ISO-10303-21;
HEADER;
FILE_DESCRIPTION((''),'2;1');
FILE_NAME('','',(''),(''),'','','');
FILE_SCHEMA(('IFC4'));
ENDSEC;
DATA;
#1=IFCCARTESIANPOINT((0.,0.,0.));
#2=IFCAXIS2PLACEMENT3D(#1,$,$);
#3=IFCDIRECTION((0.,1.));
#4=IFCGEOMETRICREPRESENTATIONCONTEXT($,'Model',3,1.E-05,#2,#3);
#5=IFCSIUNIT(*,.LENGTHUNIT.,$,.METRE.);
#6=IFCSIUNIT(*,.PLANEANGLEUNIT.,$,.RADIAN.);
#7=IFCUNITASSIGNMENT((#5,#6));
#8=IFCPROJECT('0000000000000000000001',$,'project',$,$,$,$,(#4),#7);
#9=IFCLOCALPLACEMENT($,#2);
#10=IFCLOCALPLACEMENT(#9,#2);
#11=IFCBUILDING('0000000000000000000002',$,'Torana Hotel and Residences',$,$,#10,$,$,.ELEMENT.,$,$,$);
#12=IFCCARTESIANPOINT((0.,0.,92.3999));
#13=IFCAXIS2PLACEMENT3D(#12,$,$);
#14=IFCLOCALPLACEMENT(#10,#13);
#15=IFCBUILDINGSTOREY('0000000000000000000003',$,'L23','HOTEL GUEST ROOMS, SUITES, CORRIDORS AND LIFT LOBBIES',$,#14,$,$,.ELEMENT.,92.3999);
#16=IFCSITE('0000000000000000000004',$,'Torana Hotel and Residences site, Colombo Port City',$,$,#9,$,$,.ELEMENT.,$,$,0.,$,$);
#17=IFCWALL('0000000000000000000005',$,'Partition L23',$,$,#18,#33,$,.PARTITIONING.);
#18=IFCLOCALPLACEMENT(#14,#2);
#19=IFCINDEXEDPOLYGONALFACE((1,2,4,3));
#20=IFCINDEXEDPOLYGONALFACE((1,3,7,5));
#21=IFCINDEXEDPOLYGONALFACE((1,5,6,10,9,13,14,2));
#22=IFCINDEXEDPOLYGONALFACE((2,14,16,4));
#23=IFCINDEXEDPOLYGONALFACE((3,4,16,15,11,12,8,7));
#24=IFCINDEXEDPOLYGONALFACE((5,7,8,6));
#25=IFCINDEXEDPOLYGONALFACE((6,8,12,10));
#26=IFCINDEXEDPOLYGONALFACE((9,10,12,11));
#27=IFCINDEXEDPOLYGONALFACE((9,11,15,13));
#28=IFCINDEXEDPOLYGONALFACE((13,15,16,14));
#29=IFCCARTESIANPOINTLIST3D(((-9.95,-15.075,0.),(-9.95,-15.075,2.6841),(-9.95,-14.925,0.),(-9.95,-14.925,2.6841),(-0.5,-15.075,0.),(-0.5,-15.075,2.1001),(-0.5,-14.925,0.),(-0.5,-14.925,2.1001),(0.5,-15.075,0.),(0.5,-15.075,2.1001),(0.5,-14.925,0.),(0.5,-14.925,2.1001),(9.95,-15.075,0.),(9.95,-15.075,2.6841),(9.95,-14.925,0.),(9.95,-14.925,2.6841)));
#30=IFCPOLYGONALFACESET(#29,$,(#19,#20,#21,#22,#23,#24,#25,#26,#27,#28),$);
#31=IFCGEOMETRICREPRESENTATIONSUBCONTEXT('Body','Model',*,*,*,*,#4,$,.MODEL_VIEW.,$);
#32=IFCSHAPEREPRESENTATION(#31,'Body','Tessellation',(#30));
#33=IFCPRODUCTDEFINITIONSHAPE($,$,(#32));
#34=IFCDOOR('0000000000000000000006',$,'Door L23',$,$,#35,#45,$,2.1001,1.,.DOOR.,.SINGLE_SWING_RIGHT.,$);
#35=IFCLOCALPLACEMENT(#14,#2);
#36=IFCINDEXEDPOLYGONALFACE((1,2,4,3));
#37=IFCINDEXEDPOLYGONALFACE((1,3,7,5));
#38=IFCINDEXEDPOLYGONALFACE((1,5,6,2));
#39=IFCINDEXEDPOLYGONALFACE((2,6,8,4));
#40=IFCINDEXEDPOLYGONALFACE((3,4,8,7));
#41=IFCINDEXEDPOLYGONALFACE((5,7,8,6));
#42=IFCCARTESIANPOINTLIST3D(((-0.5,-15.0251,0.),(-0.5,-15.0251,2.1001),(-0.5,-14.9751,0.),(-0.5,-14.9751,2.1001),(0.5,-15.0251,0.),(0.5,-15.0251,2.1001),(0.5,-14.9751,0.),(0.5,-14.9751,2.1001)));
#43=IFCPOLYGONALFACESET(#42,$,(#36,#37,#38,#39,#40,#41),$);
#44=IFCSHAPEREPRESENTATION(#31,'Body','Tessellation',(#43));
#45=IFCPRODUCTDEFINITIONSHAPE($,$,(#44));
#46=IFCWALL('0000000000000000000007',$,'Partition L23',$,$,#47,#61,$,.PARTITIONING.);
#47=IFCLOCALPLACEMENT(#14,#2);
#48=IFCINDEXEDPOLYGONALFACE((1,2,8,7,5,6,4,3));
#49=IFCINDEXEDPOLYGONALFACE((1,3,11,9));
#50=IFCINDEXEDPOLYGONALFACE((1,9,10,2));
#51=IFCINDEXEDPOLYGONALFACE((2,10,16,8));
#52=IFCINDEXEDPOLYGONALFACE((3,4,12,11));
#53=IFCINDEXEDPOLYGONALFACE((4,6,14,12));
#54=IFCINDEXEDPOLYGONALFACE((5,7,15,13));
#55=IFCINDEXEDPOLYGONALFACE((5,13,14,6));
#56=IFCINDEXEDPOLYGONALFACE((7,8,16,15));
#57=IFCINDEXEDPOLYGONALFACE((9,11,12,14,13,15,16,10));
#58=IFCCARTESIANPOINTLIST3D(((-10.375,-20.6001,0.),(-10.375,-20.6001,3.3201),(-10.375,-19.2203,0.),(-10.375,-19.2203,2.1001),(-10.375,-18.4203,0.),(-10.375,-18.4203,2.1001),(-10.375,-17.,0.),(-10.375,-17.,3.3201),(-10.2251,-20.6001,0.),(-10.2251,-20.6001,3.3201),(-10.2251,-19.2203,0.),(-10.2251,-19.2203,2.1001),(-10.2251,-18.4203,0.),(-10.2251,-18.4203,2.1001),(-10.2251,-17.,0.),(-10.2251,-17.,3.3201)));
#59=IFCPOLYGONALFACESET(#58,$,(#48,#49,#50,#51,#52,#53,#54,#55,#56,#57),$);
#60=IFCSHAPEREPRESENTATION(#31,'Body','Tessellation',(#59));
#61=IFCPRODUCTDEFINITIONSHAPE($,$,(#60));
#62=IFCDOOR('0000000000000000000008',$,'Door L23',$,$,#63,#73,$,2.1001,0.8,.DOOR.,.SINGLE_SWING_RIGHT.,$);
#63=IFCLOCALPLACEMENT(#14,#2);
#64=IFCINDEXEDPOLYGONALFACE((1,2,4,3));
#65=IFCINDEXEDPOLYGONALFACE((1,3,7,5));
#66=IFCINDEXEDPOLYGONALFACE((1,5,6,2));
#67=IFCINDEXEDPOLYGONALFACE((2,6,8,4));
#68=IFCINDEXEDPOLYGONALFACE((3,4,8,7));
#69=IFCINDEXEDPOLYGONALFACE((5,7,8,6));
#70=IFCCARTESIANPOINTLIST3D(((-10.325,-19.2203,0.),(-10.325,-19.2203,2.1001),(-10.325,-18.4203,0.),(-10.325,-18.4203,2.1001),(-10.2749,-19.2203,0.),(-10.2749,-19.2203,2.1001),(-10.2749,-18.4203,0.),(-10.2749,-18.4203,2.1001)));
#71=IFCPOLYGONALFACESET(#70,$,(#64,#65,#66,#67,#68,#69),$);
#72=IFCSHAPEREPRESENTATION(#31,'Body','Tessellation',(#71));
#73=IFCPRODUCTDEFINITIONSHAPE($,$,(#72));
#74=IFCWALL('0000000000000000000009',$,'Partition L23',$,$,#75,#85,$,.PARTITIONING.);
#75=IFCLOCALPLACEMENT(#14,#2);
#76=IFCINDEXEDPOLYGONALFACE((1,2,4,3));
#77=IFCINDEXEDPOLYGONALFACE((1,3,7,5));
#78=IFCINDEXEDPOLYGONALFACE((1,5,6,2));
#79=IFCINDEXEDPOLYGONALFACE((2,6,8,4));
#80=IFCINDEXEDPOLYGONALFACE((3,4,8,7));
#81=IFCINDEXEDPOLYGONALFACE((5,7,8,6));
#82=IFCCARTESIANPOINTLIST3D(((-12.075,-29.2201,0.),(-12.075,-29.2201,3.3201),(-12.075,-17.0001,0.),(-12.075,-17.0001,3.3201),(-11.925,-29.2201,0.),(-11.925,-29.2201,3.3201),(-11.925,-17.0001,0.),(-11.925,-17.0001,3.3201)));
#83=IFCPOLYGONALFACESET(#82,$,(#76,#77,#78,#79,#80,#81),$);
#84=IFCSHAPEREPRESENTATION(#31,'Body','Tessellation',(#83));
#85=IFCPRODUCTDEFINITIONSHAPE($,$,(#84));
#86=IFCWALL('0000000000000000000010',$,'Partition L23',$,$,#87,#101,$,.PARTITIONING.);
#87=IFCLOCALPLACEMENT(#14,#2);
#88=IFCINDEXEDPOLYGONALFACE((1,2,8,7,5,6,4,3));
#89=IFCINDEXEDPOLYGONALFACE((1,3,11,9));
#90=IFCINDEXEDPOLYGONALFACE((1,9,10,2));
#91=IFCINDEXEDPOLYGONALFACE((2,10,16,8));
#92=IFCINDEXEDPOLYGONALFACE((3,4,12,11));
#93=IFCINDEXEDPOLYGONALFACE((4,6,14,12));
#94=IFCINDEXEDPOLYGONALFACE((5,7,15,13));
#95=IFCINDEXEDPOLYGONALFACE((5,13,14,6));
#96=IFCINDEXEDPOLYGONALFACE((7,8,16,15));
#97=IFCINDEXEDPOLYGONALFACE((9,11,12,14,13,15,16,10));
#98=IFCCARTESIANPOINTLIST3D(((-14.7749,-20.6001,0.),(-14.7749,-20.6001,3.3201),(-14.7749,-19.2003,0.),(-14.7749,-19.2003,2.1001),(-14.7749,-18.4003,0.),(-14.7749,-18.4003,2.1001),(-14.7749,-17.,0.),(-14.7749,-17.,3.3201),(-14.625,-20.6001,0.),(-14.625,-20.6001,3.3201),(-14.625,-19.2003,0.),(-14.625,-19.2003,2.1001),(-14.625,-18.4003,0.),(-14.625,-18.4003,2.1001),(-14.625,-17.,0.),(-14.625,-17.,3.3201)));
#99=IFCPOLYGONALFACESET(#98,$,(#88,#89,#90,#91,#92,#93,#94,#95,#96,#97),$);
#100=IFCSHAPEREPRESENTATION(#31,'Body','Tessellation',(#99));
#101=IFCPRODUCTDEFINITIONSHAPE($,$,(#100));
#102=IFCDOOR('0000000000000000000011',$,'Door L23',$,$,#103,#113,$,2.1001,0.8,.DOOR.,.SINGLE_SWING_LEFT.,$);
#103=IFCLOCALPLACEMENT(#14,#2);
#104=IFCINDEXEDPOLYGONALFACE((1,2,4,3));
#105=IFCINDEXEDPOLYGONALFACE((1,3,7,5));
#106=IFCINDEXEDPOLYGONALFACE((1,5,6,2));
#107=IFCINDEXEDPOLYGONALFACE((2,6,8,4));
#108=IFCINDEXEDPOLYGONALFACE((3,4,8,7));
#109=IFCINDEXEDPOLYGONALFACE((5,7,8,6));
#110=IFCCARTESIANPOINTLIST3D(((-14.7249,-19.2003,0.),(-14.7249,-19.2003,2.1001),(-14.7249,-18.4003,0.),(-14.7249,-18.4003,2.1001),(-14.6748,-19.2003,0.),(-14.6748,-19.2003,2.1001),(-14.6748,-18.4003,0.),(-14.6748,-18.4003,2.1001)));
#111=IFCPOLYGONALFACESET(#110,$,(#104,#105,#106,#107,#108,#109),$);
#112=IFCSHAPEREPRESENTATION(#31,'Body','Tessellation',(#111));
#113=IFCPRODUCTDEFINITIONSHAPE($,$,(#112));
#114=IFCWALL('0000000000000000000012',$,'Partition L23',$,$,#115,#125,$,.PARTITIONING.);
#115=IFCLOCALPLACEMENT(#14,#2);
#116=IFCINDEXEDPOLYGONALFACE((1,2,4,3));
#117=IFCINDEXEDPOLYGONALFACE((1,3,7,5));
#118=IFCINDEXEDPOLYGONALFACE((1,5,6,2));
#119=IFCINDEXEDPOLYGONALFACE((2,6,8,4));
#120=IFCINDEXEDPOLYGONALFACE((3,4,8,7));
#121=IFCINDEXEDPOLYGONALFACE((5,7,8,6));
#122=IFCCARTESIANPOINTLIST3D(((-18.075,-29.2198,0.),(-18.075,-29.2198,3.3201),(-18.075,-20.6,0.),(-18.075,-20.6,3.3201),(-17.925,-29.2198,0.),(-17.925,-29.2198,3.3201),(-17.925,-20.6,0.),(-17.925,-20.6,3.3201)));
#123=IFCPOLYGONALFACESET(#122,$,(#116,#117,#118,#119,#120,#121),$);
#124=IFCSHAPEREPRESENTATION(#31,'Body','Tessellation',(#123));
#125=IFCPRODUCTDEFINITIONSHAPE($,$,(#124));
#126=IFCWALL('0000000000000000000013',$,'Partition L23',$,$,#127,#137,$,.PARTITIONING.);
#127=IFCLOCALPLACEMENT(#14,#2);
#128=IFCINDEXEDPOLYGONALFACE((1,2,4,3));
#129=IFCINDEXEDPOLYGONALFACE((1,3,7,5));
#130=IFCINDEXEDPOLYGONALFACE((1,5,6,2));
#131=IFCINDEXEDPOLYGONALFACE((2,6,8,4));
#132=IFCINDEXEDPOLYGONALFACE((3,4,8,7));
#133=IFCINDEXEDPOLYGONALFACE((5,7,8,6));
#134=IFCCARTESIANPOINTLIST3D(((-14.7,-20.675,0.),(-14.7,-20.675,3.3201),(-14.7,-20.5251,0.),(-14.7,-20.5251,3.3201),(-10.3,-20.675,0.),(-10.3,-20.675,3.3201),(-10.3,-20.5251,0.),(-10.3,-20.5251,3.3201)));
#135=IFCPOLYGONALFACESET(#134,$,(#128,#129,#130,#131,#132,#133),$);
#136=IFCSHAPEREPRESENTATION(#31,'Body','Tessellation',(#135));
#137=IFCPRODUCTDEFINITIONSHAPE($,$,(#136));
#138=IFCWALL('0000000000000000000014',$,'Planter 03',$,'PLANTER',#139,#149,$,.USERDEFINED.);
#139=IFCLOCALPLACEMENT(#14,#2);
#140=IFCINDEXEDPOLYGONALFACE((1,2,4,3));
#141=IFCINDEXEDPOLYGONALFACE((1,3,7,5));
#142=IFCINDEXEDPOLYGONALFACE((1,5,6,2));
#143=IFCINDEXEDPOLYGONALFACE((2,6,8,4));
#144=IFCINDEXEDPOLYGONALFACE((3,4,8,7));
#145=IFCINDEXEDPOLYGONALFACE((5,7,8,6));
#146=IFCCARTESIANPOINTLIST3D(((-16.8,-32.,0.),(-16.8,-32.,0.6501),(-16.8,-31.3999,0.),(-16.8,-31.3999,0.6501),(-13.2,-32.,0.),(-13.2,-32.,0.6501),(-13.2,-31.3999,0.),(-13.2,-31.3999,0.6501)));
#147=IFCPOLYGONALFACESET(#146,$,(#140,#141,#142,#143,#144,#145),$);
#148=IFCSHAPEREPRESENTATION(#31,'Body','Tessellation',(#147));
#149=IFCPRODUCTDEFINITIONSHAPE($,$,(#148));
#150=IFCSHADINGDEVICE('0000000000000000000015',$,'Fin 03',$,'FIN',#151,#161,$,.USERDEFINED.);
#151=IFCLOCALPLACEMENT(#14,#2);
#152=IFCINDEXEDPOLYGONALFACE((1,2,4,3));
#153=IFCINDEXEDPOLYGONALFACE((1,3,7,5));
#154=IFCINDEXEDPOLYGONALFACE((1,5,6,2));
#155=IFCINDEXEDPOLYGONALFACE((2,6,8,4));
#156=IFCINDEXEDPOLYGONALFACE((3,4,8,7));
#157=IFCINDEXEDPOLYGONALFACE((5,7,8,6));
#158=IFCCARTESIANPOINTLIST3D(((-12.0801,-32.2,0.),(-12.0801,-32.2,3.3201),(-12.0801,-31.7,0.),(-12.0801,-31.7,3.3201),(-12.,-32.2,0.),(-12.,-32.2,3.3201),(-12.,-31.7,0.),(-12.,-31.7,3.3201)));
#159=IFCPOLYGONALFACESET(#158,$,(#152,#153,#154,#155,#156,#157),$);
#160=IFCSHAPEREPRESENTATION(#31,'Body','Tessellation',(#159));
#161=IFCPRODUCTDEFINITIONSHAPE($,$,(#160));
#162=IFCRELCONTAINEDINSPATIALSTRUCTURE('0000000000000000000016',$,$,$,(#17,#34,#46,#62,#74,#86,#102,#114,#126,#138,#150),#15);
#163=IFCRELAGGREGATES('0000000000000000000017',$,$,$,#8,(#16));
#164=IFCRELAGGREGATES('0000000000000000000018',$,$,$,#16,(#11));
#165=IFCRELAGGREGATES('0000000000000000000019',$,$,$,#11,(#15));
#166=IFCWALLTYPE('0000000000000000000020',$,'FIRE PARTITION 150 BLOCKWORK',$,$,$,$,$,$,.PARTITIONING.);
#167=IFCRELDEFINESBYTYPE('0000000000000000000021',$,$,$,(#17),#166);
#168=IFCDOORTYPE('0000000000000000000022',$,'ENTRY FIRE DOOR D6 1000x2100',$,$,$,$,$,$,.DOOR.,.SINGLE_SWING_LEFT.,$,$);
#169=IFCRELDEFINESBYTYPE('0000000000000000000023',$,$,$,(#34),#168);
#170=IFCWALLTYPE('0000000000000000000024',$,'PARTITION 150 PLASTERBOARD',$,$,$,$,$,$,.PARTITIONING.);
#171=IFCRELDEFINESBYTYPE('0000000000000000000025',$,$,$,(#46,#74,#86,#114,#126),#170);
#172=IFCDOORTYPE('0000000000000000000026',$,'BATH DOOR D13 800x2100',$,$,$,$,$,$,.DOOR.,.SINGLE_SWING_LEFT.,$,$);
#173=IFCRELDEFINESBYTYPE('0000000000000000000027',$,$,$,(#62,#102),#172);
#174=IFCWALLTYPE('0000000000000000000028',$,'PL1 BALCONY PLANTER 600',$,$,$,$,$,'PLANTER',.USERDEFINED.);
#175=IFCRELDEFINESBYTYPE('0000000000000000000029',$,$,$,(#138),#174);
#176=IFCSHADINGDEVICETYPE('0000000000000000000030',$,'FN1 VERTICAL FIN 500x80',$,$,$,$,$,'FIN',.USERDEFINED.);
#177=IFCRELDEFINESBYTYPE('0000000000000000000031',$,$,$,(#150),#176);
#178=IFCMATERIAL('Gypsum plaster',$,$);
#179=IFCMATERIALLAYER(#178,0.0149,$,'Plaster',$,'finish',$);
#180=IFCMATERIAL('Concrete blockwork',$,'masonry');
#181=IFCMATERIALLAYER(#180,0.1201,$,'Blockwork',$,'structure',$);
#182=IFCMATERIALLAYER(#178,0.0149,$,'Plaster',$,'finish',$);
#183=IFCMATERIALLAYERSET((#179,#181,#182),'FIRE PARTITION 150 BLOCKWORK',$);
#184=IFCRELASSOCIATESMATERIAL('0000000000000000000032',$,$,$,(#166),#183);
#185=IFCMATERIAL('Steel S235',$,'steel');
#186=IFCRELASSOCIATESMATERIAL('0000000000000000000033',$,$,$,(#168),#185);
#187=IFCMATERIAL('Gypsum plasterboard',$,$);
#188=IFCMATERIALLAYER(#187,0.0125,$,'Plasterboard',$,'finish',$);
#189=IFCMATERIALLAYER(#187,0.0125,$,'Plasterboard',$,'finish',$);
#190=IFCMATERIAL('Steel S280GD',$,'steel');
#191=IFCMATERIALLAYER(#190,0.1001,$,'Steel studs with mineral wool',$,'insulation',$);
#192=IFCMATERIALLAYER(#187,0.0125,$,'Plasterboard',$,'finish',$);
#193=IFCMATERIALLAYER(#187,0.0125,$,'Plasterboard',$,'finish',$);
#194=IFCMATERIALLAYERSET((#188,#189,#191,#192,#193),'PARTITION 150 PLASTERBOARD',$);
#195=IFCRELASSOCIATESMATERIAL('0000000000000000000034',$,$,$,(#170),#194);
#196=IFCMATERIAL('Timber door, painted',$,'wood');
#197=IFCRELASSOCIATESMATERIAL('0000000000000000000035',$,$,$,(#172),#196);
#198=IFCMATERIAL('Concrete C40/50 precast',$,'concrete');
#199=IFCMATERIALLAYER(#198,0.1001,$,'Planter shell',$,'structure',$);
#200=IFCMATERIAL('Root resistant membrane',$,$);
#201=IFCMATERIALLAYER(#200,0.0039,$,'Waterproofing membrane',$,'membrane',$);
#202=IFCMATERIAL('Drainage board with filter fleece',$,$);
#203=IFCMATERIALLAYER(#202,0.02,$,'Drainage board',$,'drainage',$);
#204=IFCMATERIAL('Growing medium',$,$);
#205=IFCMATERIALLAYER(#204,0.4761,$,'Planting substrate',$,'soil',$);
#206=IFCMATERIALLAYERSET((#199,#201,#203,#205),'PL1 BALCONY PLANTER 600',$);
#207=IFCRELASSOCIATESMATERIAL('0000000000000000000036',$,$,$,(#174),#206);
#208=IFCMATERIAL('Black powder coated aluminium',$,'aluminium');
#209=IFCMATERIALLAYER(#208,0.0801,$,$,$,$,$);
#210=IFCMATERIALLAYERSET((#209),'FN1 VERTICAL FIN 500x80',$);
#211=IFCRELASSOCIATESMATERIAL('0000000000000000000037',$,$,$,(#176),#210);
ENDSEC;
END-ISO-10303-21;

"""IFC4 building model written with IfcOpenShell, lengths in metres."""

from ifc_helpers import new_model, si_unit, direction, frame, frame_2d, origin, origin_2d, place, context, subcontext, project, spatial, rectangle, extrude, material, layer, layer_set, type_object, element, fill, save


model = new_model("IFC4")

# Units and contexts
model_context = context("Model", 3, precision=1e-05, world=origin(), true_north=direction((0.0, 1.0)))
body_context = subcontext(model_context, "Body", "Model", "MODEL_VIEW")
ifc_project = project(units=[si_unit("LENGTHUNIT", "METRE"), si_unit("PLANEANGLEUNIT", "RADIAN")], contexts=[model_context])

# Site, building, storey
site_placement = place(None, origin())
site = spatial("IfcSite", under=ifc_project, at=site_placement, Name="Torana Hotel and Residences site, Colombo Port City", CompositionType="ELEMENT", RefElevation=0.0)
building_placement = place(site_placement, origin())
building = spatial("IfcBuilding", under=site, at=building_placement, Name="Torana Hotel and Residences", CompositionType="ELEMENT")
storey_placement = place(building_placement, frame((0.0, 0.0, 92.3999)))
storey = spatial("IfcBuildingStorey", under=building, at=storey_placement, Name="L23", Description="HOTEL GUEST ROOMS, SUITES, CORRIDORS AND LIFT LOBBIES", CompositionType="ELEMENT", Elevation=92.3999)

# Shared definitions
ifc_material_1 = material(Name="Gypsum plaster")
ifc_layer_1 = layer(ifc_material_1, 0.0149, Name="Plaster", Category="finish")
ifc_material_2 = material(Name="Concrete blockwork", Category="masonry")
ifc_layer_2 = layer(ifc_material_2, 0.1201, Name="Blockwork", Category="structure")
ifc_layer_3 = layer(ifc_material_1, 0.0149, Name="Plaster", Category="finish")
ifc_layer_set_1 = layer_set([ifc_layer_1, ifc_layer_2, ifc_layer_3], Name="FIRE PARTITION 150 BLOCKWORK")
wall_type_1 = type_object("IfcWallType", Name="FIRE PARTITION 150 BLOCKWORK", PredefinedType="PARTITIONING", material=ifc_layer_set_1)

# Walls, openings, doors
wall_1_placement = place(storey_placement, frame((-9.95, -15.0, 0.0), z_axis=(0.0, 0.0, 1.0), x_axis=(1.0, 0.0, 0.0)))
wall_1 = element("IfcWall", 1, at=wall_1_placement, inside=storey, type_object=wall_type_1, Name="Partition L23", PredefinedType="PARTITIONING", context=body_context, shape_type="SweptSolid", body=[
    extrude(rectangle(XDim=19.8999, YDim=0.1499, at=frame_2d((9.95, 0.0))), origin(), (0.0, 0.0, 1.0), 2.6841),
])
opening_1_placement = place(wall_1_placement, frame((9.45, 0.0, 0.0)))
opening_1 = element("IfcOpeningElement", 2, at=opening_1_placement, cuts=wall_1, PredefinedType="OPENING", context=body_context, shape_type="SweptSolid", body=[
    extrude(rectangle(XDim=1.0, YDim=2.1001, at=frame_2d((0.5, 1.05))), frame((0.0, 0.085, 0.0), z_axis=(0.0, -1.0, 0.0), x_axis=(1.0, 0.0, 0.0)), (0.0, 0.0, 1.0), 0.1699),
])
ifc_material_3 = material(Name="Steel S235", Category="steel")
door_type_1 = type_object("IfcDoorType", Name="ENTRY FIRE DOOR D6 1000x2100", OperationType="SINGLE_SWING_LEFT", PredefinedType="DOOR", material=ifc_material_3)
door_1_placement = place(opening_1_placement, origin())
door_1 = element("IfcDoor", 3, at=door_1_placement, inside=storey, type_object=door_type_1, Name="Door L23", OperationType="SINGLE_SWING_RIGHT", OverallHeight=2.1001, OverallWidth=1.0, PredefinedType="DOOR", context=body_context, shape_type="SweptSolid", body=[
    extrude(rectangle(XDim=1.0, YDim=2.1001, at=frame_2d((0.5, 1.05))), frame((0.0, 0.0249, 0.0), z_axis=(0.0, -1.0, 0.0), x_axis=(1.0, 0.0, 0.0)), (0.0, 0.0, 1.0), 0.05),
])
fill(opening_1, door_1)
ifc_material_4 = material(Name="Gypsum plasterboard")
ifc_layer_4 = layer(ifc_material_4, 0.0125, Name="Plasterboard", Category="finish")
ifc_layer_5 = layer(ifc_material_4, 0.0125, Name="Plasterboard", Category="finish")
ifc_material_5 = material(Name="Steel S280GD", Category="steel")
ifc_layer_6 = layer(ifc_material_5, 0.1001, Name="Steel studs with mineral wool", Category="insulation")
ifc_layer_7 = layer(ifc_material_4, 0.0125, Name="Plasterboard", Category="finish")
ifc_layer_8 = layer(ifc_material_4, 0.0125, Name="Plasterboard", Category="finish")
ifc_layer_set_2 = layer_set([ifc_layer_4, ifc_layer_5, ifc_layer_6, ifc_layer_7, ifc_layer_8], Name="PARTITION 150 PLASTERBOARD")
wall_type_2 = type_object("IfcWallType", Name="PARTITION 150 PLASTERBOARD", PredefinedType="PARTITIONING", material=ifc_layer_set_2)
wall_2_placement = place(storey_placement, frame((-10.3, -20.6001, 0.0), z_axis=(0.0, 0.0, 1.0), x_axis=(0.0, 1.0, 0.0)))
wall_2 = element("IfcWall", 4, at=wall_2_placement, inside=storey, type_object=wall_type_2, Name="Partition L23", PredefinedType="PARTITIONING", context=body_context, shape_type="SweptSolid", body=[
    extrude(rectangle(XDim=3.6001, YDim=0.1499, at=frame_2d((1.8, 0.0))), origin(), (0.0, 0.0, 1.0), 3.3201),
])
opening_2_placement = place(wall_2_placement, frame((1.3799, 0.0, 0.0)))
opening_2 = element("IfcOpeningElement", 5, at=opening_2_placement, cuts=wall_2, PredefinedType="OPENING", context=body_context, shape_type="SweptSolid", body=[
    extrude(rectangle(XDim=0.8, YDim=2.1001, at=frame_2d((0.3999, 1.05))), frame((0.0, 0.085, 0.0), z_axis=(0.0, -1.0, 0.0), x_axis=(1.0, 0.0, 0.0)), (0.0, 0.0, 1.0), 0.1699),
])
ifc_material_6 = material(Name="Timber door, painted", Category="wood")
door_type_2 = type_object("IfcDoorType", Name="BATH DOOR D13 800x2100", OperationType="SINGLE_SWING_LEFT", PredefinedType="DOOR", material=ifc_material_6)
door_2_placement = place(opening_2_placement, origin())
door_2 = element("IfcDoor", 6, at=door_2_placement, inside=storey, type_object=door_type_2, Name="Door L23", OperationType="SINGLE_SWING_RIGHT", OverallHeight=2.1001, OverallWidth=0.8, PredefinedType="DOOR", context=body_context, shape_type="SweptSolid", body=[
    extrude(rectangle(XDim=0.8, YDim=2.1001, at=frame_2d((0.3999, 1.05))), frame((0.0, 0.0249, 0.0), z_axis=(0.0, -1.0, 0.0), x_axis=(1.0, 0.0, 0.0)), (0.0, 0.0, 1.0), 0.05),
])
fill(opening_2, door_2)

# Wall
wall_3_placement = place(storey_placement, frame((-12.0, -29.22, 0.0), z_axis=(0.0, 0.0, 1.0), x_axis=(0.0, 1.0, 0.0)))
element("IfcWall", 7, at=wall_3_placement, inside=storey, type_object=wall_type_2, Name="Partition L23", PredefinedType="PARTITIONING", context=body_context, shape_type="SweptSolid", body=[
    extrude(rectangle(XDim=12.22, YDim=0.1499, at=frame_2d((6.1099, 0.0))), origin(), (0.0, 0.0, 1.0), 3.3201),
])

# Wall, opening, door
wall_4_placement = place(storey_placement, frame((-14.7, -20.6001, 0.0), z_axis=(0.0, 0.0, 1.0), x_axis=(0.0, 1.0, 0.0)))
wall_4 = element("IfcWall", 8, at=wall_4_placement, inside=storey, type_object=wall_type_2, Name="Partition L23", PredefinedType="PARTITIONING", context=body_context, shape_type="SweptSolid", body=[
    extrude(rectangle(XDim=3.6001, YDim=0.1499, at=frame_2d((1.8, 0.0))), origin(), (0.0, 0.0, 1.0), 3.3201),
])
opening_3_placement = place(wall_4_placement, frame((1.3999, 0.0, 0.0)))
opening_3 = element("IfcOpeningElement", 9, at=opening_3_placement, cuts=wall_4, PredefinedType="OPENING", context=body_context, shape_type="SweptSolid", body=[
    extrude(rectangle(XDim=0.8, YDim=2.1001, at=frame_2d((0.3999, 1.05))), frame((0.0, 0.085, 0.0), z_axis=(0.0, -1.0, 0.0), x_axis=(1.0, 0.0, 0.0)), (0.0, 0.0, 1.0), 0.1699),
])
door_3_placement = place(opening_3_placement, origin())
door_3 = element("IfcDoor", 10, at=door_3_placement, inside=storey, type_object=door_type_2, Name="Door L23", OperationType="SINGLE_SWING_LEFT", OverallHeight=2.1001, OverallWidth=0.8, PredefinedType="DOOR", context=body_context, shape_type="SweptSolid", body=[
    extrude(rectangle(XDim=0.8, YDim=2.1001, at=frame_2d((0.3999, 1.05))), frame((0.0, 0.0249, 0.0), z_axis=(0.0, -1.0, 0.0), x_axis=(1.0, 0.0, 0.0)), (0.0, 0.0, 1.0), 0.05),
])
fill(opening_3, door_3)

# Walls
wall_5_placement = place(storey_placement, frame((-18.0, -29.22, 0.0), z_axis=(0.0, 0.0, 1.0), x_axis=(0.0, 1.0, 0.0)))
element("IfcWall", 11, at=wall_5_placement, inside=storey, type_object=wall_type_2, Name="Partition L23", PredefinedType="PARTITIONING", context=body_context, shape_type="SweptSolid", body=[
    extrude(rectangle(XDim=8.6199, YDim=0.1499, at=frame_2d((4.3101, 0.0))), origin(), (0.0, 0.0, 1.0), 3.3201),
])
wall_6_placement = place(storey_placement, frame((-14.7, -20.6001, 0.0), z_axis=(0.0, 0.0, 1.0), x_axis=(1.0, 0.0, 0.0)))
element("IfcWall", 12, at=wall_6_placement, inside=storey, type_object=wall_type_2, Name="Partition L23", PredefinedType="PARTITIONING", context=body_context, shape_type="SweptSolid", body=[
    extrude(rectangle(XDim=4.3999, YDim=0.1499, at=frame_2d((2.2, 0.0))), origin(), (0.0, 0.0, 1.0), 3.3201),
])
ifc_material_7 = material(Name="Concrete C40/50 precast", Category="concrete")
ifc_layer_9 = layer(ifc_material_7, 0.1001, Name="Planter shell", Category="structure")
ifc_material_8 = material(Name="Root resistant membrane")
ifc_layer_10 = layer(ifc_material_8, 0.0039, Name="Waterproofing membrane", Category="membrane")
ifc_material_9 = material(Name="Drainage board with filter fleece")
ifc_layer_11 = layer(ifc_material_9, 0.02, Name="Drainage board", Category="drainage")
ifc_material_10 = material(Name="Growing medium")
ifc_layer_12 = layer(ifc_material_10, 0.4761, Name="Planting substrate", Category="soil")
ifc_layer_set_3 = layer_set([ifc_layer_9, ifc_layer_10, ifc_layer_11, ifc_layer_12], Name="PL1 BALCONY PLANTER 600")
wall_type_3 = type_object("IfcWallType", Name="PL1 BALCONY PLANTER 600", ElementType="PLANTER", PredefinedType="USERDEFINED", material=ifc_layer_set_3)
wall_7_placement = place(storey_placement, frame((-13.2, -31.7, 0.0), z_axis=(0.0, 0.0, 1.0), x_axis=(-1.0, 0.0, 0.0)))
element("IfcWall", 13, at=wall_7_placement, inside=storey, type_object=wall_type_3, Name="Planter 03", ObjectType="PLANTER", PredefinedType="USERDEFINED", context=body_context, shape_type="SweptSolid", body=[
    extrude(rectangle(XDim=3.6001, YDim=0.6001, at=frame_2d((1.8, 0.0))), origin(), (0.0, 0.0, 1.0), 0.6501),
])

# Shading device
ifc_material_11 = material(Name="Black powder coated aluminium", Category="aluminium")
ifc_layer_13 = layer(ifc_material_11, 0.0801)
ifc_layer_set_4 = layer_set([ifc_layer_13], Name="FN1 VERTICAL FIN 500x80")
shading_device_type = type_object("IfcShadingDeviceType", Name="FN1 VERTICAL FIN 500x80", ElementType="FIN", PredefinedType="USERDEFINED", material=ifc_layer_set_4)
shading_device_placement = place(storey_placement, frame((-12.04, -31.95, 0.0), z_axis=(0.0, 0.0, 1.0), x_axis=(-1.0, 0.0, 0.0)))
element("IfcShadingDevice", 14, at=shading_device_placement, inside=storey, type_object=shading_device_type, Name="Fin 03", ObjectType="FIN", PredefinedType="USERDEFINED", context=body_context, shape_type="SweptSolid", body=[
    extrude(rectangle(XDim=0.0801, YDim=0.5, at=origin_2d()), origin(), (0.0, 0.0, 1.0), 3.3201),
])

save(model, "model.ifc")
